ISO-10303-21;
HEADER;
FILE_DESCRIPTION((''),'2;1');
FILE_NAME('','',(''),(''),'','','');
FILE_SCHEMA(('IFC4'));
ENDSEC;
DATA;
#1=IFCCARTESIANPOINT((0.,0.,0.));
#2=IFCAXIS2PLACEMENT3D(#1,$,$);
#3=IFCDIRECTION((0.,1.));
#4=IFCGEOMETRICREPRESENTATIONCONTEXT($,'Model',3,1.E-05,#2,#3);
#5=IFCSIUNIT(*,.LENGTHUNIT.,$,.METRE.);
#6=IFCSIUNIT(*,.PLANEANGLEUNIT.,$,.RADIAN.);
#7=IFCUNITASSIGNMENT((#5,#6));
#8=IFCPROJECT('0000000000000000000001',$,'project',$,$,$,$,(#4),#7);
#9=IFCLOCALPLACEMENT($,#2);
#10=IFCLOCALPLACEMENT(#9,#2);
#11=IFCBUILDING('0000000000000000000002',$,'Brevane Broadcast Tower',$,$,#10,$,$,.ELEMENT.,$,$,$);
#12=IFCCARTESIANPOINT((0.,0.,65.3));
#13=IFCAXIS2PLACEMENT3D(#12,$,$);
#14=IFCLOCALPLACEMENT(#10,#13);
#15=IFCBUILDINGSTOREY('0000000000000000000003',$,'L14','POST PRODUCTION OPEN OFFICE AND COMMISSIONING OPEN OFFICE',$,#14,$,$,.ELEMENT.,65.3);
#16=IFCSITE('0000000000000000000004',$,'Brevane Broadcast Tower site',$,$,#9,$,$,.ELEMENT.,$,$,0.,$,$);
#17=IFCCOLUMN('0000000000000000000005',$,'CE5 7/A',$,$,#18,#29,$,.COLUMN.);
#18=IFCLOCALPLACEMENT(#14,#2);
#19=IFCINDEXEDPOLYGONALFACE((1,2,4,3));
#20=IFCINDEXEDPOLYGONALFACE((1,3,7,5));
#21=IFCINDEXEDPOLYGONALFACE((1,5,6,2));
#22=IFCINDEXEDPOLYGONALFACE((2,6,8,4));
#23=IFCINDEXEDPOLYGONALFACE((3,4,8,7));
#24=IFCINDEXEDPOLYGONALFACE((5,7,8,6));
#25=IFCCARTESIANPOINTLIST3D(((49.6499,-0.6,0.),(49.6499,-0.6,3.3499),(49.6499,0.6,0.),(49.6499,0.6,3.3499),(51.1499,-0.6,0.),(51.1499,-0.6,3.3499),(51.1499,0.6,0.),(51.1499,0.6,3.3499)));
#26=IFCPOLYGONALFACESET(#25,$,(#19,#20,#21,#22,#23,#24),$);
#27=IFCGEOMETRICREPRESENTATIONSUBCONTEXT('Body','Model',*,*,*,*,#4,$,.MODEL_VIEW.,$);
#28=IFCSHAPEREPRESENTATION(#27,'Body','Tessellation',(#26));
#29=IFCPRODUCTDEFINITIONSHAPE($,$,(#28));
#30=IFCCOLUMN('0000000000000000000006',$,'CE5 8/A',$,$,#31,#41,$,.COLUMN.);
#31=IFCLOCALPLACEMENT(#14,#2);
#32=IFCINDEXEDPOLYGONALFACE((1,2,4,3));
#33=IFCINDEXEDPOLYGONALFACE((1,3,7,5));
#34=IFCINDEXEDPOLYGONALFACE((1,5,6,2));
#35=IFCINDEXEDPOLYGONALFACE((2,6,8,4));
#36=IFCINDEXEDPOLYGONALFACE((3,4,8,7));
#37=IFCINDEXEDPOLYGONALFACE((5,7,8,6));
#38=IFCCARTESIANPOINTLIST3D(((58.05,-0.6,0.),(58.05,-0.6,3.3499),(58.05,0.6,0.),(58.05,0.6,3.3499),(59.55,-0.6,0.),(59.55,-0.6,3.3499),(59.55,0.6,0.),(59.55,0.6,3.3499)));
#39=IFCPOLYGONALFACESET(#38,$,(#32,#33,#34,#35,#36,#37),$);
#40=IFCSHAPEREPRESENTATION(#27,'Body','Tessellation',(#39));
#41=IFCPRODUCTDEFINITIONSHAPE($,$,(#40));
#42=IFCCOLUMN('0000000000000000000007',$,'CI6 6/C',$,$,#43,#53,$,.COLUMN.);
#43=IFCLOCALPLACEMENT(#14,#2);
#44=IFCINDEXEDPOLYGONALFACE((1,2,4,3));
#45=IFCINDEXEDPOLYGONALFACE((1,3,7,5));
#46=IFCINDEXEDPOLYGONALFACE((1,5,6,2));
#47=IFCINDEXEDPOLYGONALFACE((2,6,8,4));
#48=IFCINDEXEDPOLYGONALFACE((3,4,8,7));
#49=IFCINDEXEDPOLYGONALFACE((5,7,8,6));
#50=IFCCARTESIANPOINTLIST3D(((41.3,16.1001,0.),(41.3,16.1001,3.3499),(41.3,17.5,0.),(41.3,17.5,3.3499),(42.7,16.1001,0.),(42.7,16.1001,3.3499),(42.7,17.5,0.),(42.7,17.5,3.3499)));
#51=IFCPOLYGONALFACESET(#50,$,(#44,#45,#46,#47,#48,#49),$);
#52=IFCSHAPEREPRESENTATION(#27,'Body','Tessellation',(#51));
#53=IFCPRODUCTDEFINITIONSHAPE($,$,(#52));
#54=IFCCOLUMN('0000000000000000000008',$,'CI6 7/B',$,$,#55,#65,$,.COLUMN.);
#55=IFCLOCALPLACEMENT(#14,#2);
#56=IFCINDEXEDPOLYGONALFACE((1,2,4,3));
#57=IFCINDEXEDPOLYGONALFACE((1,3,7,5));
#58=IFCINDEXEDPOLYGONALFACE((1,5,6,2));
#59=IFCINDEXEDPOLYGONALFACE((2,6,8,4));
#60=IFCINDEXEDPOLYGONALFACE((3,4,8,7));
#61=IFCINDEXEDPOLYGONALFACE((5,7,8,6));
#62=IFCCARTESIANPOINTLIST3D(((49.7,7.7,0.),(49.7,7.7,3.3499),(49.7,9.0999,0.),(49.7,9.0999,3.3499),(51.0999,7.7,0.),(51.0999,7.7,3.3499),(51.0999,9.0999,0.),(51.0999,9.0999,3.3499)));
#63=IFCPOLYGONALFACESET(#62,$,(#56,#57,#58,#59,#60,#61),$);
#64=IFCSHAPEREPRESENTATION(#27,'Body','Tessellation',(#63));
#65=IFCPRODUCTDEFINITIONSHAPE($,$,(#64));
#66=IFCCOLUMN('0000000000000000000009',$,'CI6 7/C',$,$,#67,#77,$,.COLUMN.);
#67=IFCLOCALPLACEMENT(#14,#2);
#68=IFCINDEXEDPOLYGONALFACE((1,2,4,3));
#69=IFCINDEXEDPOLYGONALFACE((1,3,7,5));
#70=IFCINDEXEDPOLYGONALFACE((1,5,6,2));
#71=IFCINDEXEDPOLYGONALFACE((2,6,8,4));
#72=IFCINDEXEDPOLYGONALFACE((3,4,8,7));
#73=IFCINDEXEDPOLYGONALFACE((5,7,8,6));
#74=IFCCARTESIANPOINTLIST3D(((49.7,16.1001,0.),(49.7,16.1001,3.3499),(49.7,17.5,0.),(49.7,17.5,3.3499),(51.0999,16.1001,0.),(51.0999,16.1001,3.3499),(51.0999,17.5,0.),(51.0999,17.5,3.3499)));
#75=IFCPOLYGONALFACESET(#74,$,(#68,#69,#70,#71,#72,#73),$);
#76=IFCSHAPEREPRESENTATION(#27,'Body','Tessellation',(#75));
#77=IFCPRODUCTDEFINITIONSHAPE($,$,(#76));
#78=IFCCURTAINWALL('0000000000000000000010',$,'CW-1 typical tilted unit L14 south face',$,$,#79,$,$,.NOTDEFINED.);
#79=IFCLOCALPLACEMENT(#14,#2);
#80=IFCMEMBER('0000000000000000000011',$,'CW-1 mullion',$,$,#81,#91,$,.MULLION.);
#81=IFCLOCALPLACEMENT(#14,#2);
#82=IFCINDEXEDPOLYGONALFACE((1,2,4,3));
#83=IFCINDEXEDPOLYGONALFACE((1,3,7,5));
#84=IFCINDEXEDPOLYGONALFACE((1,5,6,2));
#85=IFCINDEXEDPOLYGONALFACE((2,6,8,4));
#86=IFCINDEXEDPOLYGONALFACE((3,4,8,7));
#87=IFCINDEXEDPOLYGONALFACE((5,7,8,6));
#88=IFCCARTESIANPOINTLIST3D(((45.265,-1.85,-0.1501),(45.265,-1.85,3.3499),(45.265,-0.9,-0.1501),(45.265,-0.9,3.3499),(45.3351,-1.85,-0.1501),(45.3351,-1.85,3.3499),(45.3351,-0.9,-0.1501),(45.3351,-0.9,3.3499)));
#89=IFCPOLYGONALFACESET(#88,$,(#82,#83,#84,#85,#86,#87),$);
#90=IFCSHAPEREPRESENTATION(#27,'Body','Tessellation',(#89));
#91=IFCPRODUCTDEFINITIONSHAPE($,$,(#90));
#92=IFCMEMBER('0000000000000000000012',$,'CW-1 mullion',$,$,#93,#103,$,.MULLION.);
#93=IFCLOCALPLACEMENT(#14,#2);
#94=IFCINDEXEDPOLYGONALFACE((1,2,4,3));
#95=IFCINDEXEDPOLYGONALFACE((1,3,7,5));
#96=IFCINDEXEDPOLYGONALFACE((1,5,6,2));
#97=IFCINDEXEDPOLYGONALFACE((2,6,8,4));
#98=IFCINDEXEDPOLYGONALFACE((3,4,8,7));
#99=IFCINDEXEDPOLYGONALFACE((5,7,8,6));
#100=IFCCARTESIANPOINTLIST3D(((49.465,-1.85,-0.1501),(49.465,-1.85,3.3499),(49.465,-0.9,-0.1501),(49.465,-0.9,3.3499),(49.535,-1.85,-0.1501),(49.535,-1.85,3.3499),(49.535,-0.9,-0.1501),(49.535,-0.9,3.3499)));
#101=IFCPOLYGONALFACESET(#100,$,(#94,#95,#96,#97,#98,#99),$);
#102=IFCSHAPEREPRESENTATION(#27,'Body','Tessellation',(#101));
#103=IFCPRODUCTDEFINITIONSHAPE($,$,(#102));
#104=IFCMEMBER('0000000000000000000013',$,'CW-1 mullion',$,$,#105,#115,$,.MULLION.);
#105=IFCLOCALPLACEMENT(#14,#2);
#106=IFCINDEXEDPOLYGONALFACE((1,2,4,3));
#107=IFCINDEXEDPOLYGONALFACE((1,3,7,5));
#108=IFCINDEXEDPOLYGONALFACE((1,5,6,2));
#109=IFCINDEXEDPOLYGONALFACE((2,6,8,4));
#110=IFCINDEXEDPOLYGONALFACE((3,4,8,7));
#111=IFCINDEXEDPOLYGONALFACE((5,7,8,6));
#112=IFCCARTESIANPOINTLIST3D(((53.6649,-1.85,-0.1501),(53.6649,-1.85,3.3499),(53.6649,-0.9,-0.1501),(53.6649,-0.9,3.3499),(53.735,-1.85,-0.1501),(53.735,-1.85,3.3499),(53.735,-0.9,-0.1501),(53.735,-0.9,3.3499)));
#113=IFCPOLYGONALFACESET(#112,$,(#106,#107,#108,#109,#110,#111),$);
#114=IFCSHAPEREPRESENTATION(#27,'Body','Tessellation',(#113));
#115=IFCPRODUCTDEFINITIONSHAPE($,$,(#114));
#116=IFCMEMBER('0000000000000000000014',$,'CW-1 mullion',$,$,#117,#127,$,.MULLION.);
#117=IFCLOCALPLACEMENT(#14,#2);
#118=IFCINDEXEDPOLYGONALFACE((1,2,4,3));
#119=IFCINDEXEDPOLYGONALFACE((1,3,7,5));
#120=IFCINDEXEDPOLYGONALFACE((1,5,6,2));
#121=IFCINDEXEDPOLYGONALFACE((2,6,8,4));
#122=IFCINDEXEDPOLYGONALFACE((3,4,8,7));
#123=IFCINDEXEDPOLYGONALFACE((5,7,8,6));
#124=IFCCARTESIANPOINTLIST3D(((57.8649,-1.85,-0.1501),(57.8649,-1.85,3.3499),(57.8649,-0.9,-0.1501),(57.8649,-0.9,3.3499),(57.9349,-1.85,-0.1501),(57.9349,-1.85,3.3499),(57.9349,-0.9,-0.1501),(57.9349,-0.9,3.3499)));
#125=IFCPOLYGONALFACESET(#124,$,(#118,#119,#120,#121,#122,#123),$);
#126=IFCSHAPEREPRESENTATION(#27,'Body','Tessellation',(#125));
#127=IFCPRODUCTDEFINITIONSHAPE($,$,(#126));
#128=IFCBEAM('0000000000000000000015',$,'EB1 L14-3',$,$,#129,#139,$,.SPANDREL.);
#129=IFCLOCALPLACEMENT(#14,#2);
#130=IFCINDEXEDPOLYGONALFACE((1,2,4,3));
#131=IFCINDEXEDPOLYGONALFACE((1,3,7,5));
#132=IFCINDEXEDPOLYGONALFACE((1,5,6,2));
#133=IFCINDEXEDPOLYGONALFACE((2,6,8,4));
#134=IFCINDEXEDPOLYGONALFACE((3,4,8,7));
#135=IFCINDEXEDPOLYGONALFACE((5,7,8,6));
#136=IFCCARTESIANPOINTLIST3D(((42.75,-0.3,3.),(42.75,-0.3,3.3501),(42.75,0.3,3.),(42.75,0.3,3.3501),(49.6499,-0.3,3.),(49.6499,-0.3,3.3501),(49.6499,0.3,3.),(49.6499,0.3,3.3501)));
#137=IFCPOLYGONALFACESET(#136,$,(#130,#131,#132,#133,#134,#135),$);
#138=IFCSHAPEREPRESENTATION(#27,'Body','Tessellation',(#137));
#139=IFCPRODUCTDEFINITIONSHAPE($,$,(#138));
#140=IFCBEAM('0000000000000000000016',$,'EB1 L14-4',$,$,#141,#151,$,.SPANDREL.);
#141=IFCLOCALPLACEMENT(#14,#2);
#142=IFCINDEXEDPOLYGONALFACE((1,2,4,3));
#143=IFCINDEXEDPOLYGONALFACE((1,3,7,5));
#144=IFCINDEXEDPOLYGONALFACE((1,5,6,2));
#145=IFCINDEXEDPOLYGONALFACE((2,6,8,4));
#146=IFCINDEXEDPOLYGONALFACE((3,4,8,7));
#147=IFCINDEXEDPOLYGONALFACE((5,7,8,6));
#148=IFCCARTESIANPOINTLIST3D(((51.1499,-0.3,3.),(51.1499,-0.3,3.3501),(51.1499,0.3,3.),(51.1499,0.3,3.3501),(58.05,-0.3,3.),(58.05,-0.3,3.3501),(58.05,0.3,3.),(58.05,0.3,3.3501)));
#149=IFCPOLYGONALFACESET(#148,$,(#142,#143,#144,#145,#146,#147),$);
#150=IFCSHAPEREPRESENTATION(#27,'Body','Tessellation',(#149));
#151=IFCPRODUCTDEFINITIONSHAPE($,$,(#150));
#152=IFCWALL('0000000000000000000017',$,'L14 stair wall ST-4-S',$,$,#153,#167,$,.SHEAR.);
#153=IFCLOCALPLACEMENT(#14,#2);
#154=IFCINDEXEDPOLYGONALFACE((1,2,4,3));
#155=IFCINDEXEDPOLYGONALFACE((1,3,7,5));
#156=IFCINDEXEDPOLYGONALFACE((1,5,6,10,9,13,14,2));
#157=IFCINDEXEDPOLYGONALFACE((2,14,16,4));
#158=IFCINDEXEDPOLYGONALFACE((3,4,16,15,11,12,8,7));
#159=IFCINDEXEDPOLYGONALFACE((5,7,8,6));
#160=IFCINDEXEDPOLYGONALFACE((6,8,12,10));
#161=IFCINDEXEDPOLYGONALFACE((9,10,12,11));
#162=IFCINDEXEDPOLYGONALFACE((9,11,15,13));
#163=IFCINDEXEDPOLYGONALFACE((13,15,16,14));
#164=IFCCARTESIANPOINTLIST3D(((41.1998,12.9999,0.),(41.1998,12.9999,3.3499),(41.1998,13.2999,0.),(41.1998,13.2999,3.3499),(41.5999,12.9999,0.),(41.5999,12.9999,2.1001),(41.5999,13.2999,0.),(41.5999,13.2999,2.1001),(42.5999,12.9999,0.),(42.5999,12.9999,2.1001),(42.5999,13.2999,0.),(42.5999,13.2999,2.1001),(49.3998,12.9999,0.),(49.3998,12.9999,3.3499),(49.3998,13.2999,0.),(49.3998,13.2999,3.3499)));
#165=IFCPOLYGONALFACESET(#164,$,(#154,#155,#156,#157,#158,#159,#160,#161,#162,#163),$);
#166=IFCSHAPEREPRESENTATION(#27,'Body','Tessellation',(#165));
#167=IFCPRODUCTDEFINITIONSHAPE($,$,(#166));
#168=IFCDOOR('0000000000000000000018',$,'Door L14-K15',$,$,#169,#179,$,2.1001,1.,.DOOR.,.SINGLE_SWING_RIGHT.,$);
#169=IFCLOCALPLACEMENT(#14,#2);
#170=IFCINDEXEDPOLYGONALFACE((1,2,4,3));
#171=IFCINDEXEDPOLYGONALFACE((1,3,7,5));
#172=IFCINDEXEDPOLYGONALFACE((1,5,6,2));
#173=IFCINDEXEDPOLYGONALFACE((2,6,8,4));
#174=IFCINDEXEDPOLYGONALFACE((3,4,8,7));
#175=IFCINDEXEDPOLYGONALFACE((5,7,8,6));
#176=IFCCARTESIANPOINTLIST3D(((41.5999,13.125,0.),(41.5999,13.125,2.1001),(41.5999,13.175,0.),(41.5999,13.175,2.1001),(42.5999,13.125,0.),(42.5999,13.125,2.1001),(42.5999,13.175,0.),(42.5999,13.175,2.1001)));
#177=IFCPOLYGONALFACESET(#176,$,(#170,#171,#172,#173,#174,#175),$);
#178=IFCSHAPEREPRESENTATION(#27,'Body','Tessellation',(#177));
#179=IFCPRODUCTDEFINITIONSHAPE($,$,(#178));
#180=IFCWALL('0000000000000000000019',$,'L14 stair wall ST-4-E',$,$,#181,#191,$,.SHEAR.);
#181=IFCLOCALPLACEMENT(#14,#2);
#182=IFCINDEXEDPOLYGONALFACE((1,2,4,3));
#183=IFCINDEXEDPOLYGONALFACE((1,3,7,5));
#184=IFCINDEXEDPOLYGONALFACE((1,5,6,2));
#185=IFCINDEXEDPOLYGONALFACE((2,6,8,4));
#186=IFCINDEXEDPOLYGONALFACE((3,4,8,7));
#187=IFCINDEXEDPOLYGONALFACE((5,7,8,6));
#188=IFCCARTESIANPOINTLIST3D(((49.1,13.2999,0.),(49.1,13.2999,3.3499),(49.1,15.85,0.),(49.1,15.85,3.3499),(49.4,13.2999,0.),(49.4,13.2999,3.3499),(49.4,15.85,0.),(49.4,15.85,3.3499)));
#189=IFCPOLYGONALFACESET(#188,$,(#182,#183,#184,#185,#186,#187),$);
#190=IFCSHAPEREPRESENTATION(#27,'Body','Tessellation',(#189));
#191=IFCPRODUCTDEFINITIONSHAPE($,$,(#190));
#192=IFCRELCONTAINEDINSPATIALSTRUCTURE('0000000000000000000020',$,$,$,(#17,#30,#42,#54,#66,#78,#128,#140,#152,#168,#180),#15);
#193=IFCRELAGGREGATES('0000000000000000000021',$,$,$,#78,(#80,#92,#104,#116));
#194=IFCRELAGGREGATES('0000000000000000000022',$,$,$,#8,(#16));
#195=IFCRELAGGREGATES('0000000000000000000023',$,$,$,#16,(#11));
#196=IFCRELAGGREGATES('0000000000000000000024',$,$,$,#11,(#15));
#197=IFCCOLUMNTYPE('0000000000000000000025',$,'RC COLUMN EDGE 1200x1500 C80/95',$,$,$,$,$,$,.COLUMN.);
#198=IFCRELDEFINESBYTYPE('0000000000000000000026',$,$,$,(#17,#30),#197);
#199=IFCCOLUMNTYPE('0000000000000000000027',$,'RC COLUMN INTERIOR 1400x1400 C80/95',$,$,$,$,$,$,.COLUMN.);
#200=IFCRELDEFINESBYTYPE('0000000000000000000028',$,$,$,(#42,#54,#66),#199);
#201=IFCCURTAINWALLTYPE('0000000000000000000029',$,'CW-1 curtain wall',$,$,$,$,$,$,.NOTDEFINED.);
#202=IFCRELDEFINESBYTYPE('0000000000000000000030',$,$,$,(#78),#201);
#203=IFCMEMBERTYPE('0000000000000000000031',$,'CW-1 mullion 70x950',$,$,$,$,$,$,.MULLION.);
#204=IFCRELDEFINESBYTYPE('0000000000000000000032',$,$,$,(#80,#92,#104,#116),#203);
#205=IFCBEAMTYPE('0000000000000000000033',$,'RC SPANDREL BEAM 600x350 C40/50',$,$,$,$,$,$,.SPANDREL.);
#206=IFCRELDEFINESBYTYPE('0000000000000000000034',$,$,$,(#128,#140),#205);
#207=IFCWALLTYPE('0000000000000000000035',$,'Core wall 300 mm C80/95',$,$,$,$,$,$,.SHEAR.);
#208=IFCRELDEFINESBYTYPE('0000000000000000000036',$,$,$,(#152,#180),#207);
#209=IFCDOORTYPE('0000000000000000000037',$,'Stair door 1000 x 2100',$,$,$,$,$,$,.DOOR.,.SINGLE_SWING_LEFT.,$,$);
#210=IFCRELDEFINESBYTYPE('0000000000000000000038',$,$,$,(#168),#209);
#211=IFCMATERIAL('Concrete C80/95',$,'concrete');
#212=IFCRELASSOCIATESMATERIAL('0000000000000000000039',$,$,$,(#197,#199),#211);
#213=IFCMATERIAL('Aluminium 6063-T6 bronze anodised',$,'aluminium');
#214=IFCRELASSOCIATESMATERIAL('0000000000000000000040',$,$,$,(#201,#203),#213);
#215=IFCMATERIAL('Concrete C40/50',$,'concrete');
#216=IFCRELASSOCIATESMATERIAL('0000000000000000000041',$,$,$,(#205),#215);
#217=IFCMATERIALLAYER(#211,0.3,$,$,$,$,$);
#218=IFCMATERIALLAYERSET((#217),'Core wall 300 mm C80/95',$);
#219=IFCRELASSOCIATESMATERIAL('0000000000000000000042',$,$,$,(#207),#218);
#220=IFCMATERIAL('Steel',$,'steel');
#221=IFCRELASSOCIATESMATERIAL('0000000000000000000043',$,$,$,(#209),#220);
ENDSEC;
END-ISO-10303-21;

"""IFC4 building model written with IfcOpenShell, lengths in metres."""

from ifc_helpers import new_model, si_unit, direction, frame, frame_2d, origin, origin_2d, place, context, subcontext, project, spatial, rectangle, extrude, material, layer, layer_set, material_profile, profile_set, type_object, element, fill, aggregate, save


model = new_model("IFC4")

# Units and contexts
model_context = context("Model", 3, precision=1e-05, world=origin(), true_north=direction((0.0, 1.0)))
body_context = subcontext(model_context, "Body", "Model", "MODEL_VIEW")
ifc_project = project(units=[si_unit("LENGTHUNIT", "METRE"), si_unit("PLANEANGLEUNIT", "RADIAN")], contexts=[model_context])

# Site, building, storey
site_placement = place(None, origin())
site = spatial("IfcSite", under=ifc_project, at=site_placement, Name="Brevane Broadcast Tower site", CompositionType="ELEMENT", RefElevation=0.0)
building_placement = place(site_placement, origin())
building = spatial("IfcBuilding", under=site, at=building_placement, Name="Brevane Broadcast Tower", CompositionType="ELEMENT")
storey_placement = place(building_placement, frame((0.0, 0.0, 65.3)))
storey = spatial("IfcBuildingStorey", under=building, at=storey_placement, Name="L14", Description="POST PRODUCTION OPEN OFFICE AND COMMISSIONING OPEN OFFICE", CompositionType="ELEMENT", Elevation=65.3)

# Columns
ifc_material_1 = material(Name="Concrete C80/95", Category="concrete")
ifc_material_profile_1 = material_profile(ifc_material_1, rectangle(XDim=1.2, YDim=1.5, at=origin_2d()), Name="RC 1200x1500")
ifc_profile_set_1 = profile_set([ifc_material_profile_1], Name="Concrete C80/95")
column_type_1 = type_object("IfcColumnType", Name="RC COLUMN EDGE 1200x1500 C80/95", PredefinedType="COLUMN", material=ifc_profile_set_1)
for number, where, z_axis, x_axis, name in (
    (1, (50.3999, 0.0, 0.0), (0.0, 0.0, 1.0), (0.0, 1.0, 0.0), "CE5 7/A"),
    (2, (58.8, 0.0, 0.0), (0.0, 0.0, 1.0), (0.0, 1.0, 0.0), "CE5 8/A"),
):
    element("IfcColumn", number, at=place(storey_placement, frame(where, z_axis=z_axis, x_axis=x_axis)), inside=storey, type_object=column_type_1, Name=name, PredefinedType="COLUMN", context=body_context, shape_type="SweptSolid", body=[
        extrude(rectangle(XDim=1.2, YDim=1.5, at=origin_2d()), origin(), (0.0, 0.0, 1.0), 3.3499),
    ])
ifc_material_profile_2 = material_profile(ifc_material_1, rectangle(XDim=1.3999, YDim=1.3999, at=origin_2d()), Name="RC 1400x1400")
ifc_profile_set_2 = profile_set([ifc_material_profile_2], Name="Concrete C80/95")
column_type_2 = type_object("IfcColumnType", Name="RC COLUMN INTERIOR 1400x1400 C80/95", PredefinedType="COLUMN", material=ifc_profile_set_2)
for number, where, z_axis, x_axis, name in (
    (3, (42.0, 16.8, 0.0), (0.0, 0.0, 1.0), (1.0, 0.0, 0.0), "CI6 6/C"),
    (4, (50.3999, 8.3999, 0.0), (0.0, 0.0, 1.0), (1.0, 0.0, 0.0), "CI6 7/B"),
    (5, (50.3999, 16.8, 0.0), (0.0, 0.0, 1.0), (1.0, 0.0, 0.0), "CI6 7/C"),
):
    element("IfcColumn", number, at=place(storey_placement, frame(where, z_axis=z_axis, x_axis=x_axis)), inside=storey, type_object=column_type_2, Name=name, PredefinedType="COLUMN", context=body_context, shape_type="SweptSolid", body=[
        extrude(rectangle(XDim=1.3999, YDim=1.3999, at=origin_2d()), origin(), (0.0, 0.0, 1.0), 3.3499),
    ])

# Curtain wall, members
ifc_material_2 = material(Name="Aluminium 6063-T6 bronze anodised", Category="aluminium")
curtain_wall_type = type_object("IfcCurtainWallType", Name="CW-1 curtain wall", PredefinedType="NOTDEFINED", material=ifc_material_2)
curtain_wall_placement = place(storey_placement, origin())
curtain_wall = element("IfcCurtainWall", 6, at=curtain_wall_placement, inside=storey, type_object=curtain_wall_type, Name="CW-1 typical tilted unit L14 south face", PredefinedType="NOTDEFINED")
ifc_material_profile_3 = material_profile(ifc_material_2, rectangle(XDim=0.95, YDim=0.0701, at=origin_2d()), Name="RECT 70x950")
ifc_profile_set_3 = profile_set([ifc_material_profile_3], Name="Aluminium 6063-T6 bronze anodised")
member_type = type_object("IfcMemberType", Name="CW-1 mullion 70x950", PredefinedType="MULLION", material=ifc_profile_set_3)
member_1_placement = place(storey_placement, frame((45.3, -1.375, -0.1501), z_axis=(0.0, 0.0, 1.0), x_axis=(0.0, 1.0, 0.0)))
member_1 = element("IfcMember", 7, at=member_1_placement, type_object=member_type, Name="CW-1 mullion", PredefinedType="MULLION", context=body_context, shape_type="SweptSolid", body=[
    extrude(rectangle(XDim=0.95, YDim=0.0701, at=origin_2d()), origin(), (0.0, 0.0, 1.0), 3.5),
])
member_2_placement = place(storey_placement, frame((49.5, -1.375, -0.1501), z_axis=(0.0, 0.0, 1.0), x_axis=(0.0, 1.0, 0.0)))
member_2 = element("IfcMember", 8, at=member_2_placement, type_object=member_type, Name="CW-1 mullion", PredefinedType="MULLION", context=body_context, shape_type="SweptSolid", body=[
    extrude(rectangle(XDim=0.95, YDim=0.0701, at=origin_2d()), origin(), (0.0, 0.0, 1.0), 3.5),
])
member_3_placement = place(storey_placement, frame((53.7, -1.375, -0.1501), z_axis=(0.0, 0.0, 1.0), x_axis=(0.0, 1.0, 0.0)))
member_3 = element("IfcMember", 9, at=member_3_placement, type_object=member_type, Name="CW-1 mullion", PredefinedType="MULLION", context=body_context, shape_type="SweptSolid", body=[
    extrude(rectangle(XDim=0.95, YDim=0.0701, at=origin_2d()), origin(), (0.0, 0.0, 1.0), 3.5),
])
member_4_placement = place(storey_placement, frame((57.8999, -1.375, -0.1501), z_axis=(0.0, 0.0, 1.0), x_axis=(0.0, 1.0, 0.0)))
member_4 = element("IfcMember", 10, at=member_4_placement, type_object=member_type, Name="CW-1 mullion", PredefinedType="MULLION", context=body_context, shape_type="SweptSolid", body=[
    extrude(rectangle(XDim=0.95, YDim=0.0701, at=origin_2d()), origin(), (0.0, 0.0, 1.0), 3.5),
])
aggregate(curtain_wall, [member_1, member_2, member_3, member_4])

# Beams
ifc_material_3 = material(Name="Concrete C40/50", Category="concrete")
ifc_material_profile_4 = material_profile(ifc_material_3, rectangle(XDim=0.6001, YDim=0.3501, at=origin_2d()), Name="RC 600x350")
ifc_profile_set_4 = profile_set([ifc_material_profile_4], Name="Concrete C40/50")
beam_type = type_object("IfcBeamType", Name="RC SPANDREL BEAM 600x350 C40/50", PredefinedType="SPANDREL", material=ifc_profile_set_4)
beam_1_placement = place(storey_placement, frame((42.75, 0.0, 3.175), z_axis=(1.0, 0.0, 0.0), x_axis=(0.0, 1.0, 0.0)))
element("IfcBeam", 11, at=beam_1_placement, inside=storey, type_object=beam_type, Name="EB1 L14-3", PredefinedType="SPANDREL", context=body_context, shape_type="SweptSolid", body=[
    extrude(rectangle(XDim=0.6001, YDim=0.3501, at=origin_2d()), origin(), (0.0, 0.0, 1.0), 6.8999),
])
beam_2_placement = place(storey_placement, frame((51.1499, 0.0, 3.175), z_axis=(1.0, 0.0, 0.0), x_axis=(0.0, 1.0, 0.0)))
element("IfcBeam", 12, at=beam_2_placement, inside=storey, type_object=beam_type, Name="EB1 L14-4", PredefinedType="SPANDREL", context=body_context, shape_type="SweptSolid", body=[
    extrude(rectangle(XDim=0.6001, YDim=0.3501, at=origin_2d()), origin(), (0.0, 0.0, 1.0), 6.9001),
])

# Wall, opening, door
ifc_layer_1 = layer(ifc_material_1, 0.3)
ifc_layer_set_1 = layer_set([ifc_layer_1], Name="Core wall 300 mm C80/95")
wall_type_1 = type_object("IfcWallType", Name="Core wall 300 mm C80/95", PredefinedType="SHEAR", material=ifc_layer_set_1)
wall_1_placement = place(storey_placement, frame((49.3999, 13.1499, 0.0), z_axis=(0.0, 0.0, 1.0), x_axis=(-1.0, 0.0, 0.0)))
wall_1 = element("IfcWall", 13, at=wall_1_placement, inside=storey, type_object=wall_type_1, Name="L14 stair wall ST-4-S", PredefinedType="SHEAR", context=body_context, shape_type="SweptSolid", body=[
    extrude(rectangle(XDim=8.2, YDim=0.3, at=frame_2d((4.1001, 0.0))), origin(), (0.0, 0.0, 1.0), 3.3499),
])
opening_1_placement = place(wall_1_placement, frame((6.8, 0.0, 0.0)))
opening_1 = element("IfcOpeningElement", 14, at=opening_1_placement, cuts=wall_1, PredefinedType="OPENING", context=body_context, shape_type="SweptSolid", body=[
    extrude(rectangle(XDim=1.0, YDim=2.1001, at=frame_2d((0.5, 1.05))), frame((0.0, 0.1599, 0.0), z_axis=(0.0, -1.0, 0.0), x_axis=(1.0, 0.0, 0.0)), (0.0, 0.0, 1.0), 0.3201),
])
ifc_material_4 = material(Name="Steel", Category="steel")
door_type_1 = type_object("IfcDoorType", Name="Stair door 1000 x 2100", OperationType="SINGLE_SWING_LEFT", PredefinedType="DOOR", material=ifc_material_4)
door_1_placement = place(opening_1_placement, origin())
door_1 = element("IfcDoor", 15, at=door_1_placement, inside=storey, type_object=door_type_1, Name="Door L14-K15", OperationType="SINGLE_SWING_RIGHT", OverallHeight=2.1001, OverallWidth=1.0, PredefinedType="DOOR", context=body_context, shape_type="SweptSolid", body=[
    extrude(rectangle(XDim=1.0, YDim=2.1001, at=frame_2d((0.5, 1.05))), frame((0.0, 0.0249, 0.0), z_axis=(0.0, -1.0, 0.0), x_axis=(1.0, 0.0, 0.0)), (0.0, 0.0, 1.0), 0.05),
])
fill(opening_1, door_1)

# Wall
wall_2_placement = place(storey_placement, frame((49.25, 13.3, 0.0), z_axis=(0.0, 0.0, 1.0), x_axis=(0.0, 1.0, 0.0)))
element("IfcWall", 16, at=wall_2_placement, inside=storey, type_object=wall_type_1, Name="L14 stair wall ST-4-E", PredefinedType="SHEAR", context=body_context, shape_type="SweptSolid", body=[
    extrude(rectangle(XDim=2.55, YDim=0.3, at=frame_2d((1.2749, 0.0))), origin(), (0.0, 0.0, 1.0), 3.3499),
])

save(model, "model.ifc")
